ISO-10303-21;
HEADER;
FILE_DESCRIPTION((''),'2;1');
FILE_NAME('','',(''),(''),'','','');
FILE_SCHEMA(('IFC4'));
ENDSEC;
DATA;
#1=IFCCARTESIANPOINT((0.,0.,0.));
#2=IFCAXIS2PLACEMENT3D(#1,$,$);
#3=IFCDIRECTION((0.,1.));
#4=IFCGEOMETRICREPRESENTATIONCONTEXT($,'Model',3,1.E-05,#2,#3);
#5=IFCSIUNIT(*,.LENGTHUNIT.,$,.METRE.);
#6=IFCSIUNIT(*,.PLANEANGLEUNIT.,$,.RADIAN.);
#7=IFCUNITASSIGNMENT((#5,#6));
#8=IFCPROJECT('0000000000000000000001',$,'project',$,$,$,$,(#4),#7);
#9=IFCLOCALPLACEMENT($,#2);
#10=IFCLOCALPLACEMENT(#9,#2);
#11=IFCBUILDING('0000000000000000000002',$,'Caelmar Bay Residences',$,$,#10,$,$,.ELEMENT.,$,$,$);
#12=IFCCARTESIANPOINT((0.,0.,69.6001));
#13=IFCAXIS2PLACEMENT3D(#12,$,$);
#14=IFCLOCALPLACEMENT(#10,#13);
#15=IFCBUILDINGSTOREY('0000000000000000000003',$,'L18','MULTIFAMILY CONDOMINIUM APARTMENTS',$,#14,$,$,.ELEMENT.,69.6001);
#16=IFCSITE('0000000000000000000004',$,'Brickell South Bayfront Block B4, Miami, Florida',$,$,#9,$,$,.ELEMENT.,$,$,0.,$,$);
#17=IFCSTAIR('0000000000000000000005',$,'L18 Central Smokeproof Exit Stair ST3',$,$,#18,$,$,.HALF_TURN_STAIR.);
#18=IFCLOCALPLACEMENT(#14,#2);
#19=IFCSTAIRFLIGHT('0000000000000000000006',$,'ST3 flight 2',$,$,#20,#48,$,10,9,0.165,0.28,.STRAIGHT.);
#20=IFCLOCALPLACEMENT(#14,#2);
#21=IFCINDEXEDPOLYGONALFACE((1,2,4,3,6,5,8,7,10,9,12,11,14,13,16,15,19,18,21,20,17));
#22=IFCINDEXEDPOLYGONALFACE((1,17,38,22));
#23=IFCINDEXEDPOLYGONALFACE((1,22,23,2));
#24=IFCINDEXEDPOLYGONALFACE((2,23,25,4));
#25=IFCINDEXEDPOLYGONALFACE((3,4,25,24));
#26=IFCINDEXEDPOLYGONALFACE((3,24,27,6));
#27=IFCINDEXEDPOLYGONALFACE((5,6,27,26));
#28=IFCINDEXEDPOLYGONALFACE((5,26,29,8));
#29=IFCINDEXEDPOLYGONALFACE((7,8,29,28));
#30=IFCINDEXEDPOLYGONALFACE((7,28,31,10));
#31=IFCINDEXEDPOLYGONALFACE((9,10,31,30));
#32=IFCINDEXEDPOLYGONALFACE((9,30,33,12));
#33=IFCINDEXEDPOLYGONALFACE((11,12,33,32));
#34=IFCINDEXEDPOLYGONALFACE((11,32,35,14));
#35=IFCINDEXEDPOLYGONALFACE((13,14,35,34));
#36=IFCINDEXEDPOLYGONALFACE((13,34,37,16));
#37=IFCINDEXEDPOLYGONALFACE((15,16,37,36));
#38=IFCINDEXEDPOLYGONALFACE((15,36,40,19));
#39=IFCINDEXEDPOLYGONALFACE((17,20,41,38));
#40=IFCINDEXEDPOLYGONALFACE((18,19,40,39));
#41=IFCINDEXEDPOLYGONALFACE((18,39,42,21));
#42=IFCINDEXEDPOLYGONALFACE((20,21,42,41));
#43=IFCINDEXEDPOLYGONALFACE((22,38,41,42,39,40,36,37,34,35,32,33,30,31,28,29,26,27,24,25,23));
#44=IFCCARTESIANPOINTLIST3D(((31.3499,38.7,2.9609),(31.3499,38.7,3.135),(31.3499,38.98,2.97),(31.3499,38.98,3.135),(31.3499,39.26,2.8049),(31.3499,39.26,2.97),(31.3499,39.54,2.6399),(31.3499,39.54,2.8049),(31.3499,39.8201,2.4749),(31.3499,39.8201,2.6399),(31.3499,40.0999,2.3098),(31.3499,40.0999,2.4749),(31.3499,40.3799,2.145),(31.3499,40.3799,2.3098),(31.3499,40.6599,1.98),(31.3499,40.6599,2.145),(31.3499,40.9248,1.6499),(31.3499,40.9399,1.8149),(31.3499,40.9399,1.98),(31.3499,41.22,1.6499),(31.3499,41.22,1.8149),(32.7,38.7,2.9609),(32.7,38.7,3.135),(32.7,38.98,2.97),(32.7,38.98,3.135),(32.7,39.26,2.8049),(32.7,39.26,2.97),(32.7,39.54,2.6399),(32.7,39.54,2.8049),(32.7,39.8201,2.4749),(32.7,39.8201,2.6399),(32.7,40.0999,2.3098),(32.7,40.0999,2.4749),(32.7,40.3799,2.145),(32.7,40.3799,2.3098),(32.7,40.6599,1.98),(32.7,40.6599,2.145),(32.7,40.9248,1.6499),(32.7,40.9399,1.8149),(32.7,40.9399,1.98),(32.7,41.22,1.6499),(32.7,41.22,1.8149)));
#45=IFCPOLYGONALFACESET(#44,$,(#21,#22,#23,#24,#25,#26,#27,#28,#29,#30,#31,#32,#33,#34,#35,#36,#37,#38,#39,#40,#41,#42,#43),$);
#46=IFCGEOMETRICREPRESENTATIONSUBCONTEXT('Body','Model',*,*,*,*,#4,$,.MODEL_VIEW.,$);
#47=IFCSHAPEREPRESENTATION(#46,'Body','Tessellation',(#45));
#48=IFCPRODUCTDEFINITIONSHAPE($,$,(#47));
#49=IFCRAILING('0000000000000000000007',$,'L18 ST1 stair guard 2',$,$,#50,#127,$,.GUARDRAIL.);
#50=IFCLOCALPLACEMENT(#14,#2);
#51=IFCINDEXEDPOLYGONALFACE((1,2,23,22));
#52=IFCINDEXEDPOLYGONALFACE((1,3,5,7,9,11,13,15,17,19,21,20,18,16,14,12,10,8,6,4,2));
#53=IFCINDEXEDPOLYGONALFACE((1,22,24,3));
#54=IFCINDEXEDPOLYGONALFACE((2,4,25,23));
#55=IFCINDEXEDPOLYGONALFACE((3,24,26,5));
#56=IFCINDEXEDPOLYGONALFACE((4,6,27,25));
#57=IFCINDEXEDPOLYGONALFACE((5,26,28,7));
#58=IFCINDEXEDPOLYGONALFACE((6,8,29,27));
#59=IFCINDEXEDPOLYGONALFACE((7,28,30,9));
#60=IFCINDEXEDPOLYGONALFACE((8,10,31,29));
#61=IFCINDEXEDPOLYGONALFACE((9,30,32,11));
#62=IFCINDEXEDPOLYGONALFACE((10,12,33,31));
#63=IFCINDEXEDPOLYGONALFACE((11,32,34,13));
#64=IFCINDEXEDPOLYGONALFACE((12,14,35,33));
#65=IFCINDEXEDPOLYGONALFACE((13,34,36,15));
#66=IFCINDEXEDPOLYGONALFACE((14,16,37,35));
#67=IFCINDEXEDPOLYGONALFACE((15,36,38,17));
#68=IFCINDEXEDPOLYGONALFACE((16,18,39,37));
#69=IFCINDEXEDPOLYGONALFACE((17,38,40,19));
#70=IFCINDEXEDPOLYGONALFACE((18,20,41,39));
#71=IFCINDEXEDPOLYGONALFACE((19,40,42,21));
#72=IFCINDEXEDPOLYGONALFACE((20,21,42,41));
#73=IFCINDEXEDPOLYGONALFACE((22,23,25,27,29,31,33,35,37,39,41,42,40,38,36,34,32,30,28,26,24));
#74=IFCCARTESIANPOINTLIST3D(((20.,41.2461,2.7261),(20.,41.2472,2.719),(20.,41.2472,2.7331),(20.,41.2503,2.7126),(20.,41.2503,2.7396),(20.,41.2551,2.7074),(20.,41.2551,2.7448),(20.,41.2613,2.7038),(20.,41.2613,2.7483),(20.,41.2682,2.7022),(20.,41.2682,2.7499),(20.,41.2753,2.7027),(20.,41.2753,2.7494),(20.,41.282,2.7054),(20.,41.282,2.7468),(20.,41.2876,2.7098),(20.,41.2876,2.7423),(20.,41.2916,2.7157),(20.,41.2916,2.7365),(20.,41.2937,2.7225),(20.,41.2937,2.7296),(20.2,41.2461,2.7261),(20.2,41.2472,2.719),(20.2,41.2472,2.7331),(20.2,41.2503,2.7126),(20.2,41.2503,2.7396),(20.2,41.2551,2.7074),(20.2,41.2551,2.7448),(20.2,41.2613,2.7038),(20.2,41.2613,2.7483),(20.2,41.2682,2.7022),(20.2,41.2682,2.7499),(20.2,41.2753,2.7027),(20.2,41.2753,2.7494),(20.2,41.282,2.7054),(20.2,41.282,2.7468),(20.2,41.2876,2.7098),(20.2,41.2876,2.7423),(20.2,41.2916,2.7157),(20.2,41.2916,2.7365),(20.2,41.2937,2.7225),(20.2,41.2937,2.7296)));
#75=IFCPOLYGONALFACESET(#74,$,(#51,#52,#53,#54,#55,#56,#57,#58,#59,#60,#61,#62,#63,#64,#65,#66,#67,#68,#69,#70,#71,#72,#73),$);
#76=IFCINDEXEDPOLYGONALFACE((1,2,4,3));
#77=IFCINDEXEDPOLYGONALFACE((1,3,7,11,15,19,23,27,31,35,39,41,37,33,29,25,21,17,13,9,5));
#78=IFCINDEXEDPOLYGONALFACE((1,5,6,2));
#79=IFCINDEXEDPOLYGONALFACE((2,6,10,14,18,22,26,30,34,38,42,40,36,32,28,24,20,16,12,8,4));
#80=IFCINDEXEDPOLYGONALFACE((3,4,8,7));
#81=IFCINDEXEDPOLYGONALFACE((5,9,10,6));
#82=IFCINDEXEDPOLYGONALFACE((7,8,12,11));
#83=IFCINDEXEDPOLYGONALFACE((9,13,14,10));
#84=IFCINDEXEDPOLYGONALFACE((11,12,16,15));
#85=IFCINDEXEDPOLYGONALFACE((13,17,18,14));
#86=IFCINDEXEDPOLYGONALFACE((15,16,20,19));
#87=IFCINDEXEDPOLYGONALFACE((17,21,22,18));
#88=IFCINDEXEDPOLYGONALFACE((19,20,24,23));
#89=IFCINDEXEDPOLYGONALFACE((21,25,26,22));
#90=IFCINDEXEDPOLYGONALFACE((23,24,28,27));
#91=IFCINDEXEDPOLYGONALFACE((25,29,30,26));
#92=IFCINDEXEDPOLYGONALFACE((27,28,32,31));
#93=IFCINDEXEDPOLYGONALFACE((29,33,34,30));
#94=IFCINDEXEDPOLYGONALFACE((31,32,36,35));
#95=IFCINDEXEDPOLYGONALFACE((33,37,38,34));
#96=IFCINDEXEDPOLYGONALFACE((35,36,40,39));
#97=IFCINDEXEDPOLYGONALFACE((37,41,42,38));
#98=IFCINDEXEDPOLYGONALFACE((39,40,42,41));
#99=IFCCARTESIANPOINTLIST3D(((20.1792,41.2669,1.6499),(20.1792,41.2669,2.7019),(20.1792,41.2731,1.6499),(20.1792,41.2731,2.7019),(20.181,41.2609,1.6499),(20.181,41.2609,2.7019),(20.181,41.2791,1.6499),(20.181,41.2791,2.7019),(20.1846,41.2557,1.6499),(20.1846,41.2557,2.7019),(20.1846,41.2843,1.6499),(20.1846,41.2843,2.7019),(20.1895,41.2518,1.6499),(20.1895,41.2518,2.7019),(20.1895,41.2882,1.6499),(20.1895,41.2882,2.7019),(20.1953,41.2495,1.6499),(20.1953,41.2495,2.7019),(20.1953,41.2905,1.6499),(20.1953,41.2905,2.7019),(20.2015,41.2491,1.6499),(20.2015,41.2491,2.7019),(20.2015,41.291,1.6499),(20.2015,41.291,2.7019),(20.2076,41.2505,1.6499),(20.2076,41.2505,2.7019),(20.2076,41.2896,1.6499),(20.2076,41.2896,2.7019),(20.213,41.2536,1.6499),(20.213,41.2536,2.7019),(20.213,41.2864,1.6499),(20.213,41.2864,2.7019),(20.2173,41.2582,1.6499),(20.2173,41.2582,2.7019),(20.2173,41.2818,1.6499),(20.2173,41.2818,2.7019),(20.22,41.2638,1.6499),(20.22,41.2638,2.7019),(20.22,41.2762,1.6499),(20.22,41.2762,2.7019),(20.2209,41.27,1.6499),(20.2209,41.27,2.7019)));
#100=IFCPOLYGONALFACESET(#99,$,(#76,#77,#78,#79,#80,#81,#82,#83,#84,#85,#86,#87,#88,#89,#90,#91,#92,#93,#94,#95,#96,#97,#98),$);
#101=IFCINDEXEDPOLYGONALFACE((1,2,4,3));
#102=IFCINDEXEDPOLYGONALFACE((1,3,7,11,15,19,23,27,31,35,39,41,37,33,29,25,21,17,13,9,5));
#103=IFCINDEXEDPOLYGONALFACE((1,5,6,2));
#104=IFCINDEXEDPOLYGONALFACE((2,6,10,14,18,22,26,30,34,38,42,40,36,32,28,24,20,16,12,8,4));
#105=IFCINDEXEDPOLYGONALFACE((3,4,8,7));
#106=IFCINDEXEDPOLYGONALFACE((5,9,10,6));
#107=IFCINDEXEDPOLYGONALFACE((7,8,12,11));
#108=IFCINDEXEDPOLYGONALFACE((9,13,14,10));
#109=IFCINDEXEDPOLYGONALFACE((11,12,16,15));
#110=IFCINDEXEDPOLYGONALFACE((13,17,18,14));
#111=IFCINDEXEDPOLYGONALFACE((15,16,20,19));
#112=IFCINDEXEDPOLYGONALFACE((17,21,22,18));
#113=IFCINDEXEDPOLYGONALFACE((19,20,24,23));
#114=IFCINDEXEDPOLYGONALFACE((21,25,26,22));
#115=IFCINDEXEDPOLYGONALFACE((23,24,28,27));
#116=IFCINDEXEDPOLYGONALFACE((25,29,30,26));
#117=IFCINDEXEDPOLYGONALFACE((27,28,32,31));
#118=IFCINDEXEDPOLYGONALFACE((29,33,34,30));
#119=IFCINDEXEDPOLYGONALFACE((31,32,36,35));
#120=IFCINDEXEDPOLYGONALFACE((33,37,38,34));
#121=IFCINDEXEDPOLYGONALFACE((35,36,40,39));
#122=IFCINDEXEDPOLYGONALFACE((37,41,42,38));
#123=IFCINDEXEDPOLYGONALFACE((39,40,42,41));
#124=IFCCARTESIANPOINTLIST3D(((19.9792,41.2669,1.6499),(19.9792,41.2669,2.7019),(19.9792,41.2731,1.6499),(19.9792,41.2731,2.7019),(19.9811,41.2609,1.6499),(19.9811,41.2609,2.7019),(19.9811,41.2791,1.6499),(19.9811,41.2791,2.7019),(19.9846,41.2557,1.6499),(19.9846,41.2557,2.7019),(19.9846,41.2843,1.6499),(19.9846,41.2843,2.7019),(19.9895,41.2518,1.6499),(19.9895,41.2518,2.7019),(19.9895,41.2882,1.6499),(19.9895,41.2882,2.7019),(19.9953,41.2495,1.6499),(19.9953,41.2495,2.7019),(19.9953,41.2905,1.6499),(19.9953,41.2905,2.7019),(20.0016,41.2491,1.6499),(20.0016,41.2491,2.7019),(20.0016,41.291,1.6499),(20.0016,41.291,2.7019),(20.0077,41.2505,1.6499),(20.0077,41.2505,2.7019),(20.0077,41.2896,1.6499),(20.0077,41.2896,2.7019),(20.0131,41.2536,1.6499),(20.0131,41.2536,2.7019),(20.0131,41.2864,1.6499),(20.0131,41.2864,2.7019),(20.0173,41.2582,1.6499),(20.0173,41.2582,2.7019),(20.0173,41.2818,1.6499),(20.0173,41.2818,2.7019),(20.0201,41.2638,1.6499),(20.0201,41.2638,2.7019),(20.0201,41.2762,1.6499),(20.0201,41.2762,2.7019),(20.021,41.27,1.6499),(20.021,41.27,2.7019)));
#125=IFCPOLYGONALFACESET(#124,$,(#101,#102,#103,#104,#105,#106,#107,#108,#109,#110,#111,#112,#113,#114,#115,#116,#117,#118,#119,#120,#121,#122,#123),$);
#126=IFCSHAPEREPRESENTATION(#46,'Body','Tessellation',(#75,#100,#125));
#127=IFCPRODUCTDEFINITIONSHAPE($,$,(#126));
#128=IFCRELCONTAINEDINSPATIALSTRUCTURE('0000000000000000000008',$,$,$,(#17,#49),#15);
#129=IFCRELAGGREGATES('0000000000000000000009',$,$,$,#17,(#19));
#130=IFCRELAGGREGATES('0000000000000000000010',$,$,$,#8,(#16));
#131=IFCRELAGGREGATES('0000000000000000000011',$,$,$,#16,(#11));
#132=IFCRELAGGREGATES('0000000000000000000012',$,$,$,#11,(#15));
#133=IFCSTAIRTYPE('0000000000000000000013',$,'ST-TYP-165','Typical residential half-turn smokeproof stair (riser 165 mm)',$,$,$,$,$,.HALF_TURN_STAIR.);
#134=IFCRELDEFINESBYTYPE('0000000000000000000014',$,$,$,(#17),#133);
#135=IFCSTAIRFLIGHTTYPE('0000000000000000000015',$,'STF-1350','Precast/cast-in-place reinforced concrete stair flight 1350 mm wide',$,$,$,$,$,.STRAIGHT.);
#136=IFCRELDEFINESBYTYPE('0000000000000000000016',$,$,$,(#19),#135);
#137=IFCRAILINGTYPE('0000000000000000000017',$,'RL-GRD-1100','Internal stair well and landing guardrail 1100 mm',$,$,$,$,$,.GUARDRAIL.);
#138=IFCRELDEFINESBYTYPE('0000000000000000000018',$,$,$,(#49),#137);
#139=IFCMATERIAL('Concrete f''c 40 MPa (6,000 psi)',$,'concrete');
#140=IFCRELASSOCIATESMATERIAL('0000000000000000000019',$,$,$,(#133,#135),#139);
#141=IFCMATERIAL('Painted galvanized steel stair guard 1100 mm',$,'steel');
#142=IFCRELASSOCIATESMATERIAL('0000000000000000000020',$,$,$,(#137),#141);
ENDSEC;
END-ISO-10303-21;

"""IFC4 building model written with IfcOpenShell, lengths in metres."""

from ifc_helpers import new_model, si_unit, direction, frame, origin, origin_2d, place, context, subcontext, project, spatial, polyline, circle, outline, extrude, material, type_object, element, aggregate, save


model = new_model("IFC4")

# Units and contexts
model_context = context("Model", 3, precision=1e-05, world=origin(), true_north=direction((0.0, 1.0)))
body_context = subcontext(model_context, "Body", "Model", "MODEL_VIEW")
ifc_project = project(units=[si_unit("LENGTHUNIT", "METRE"), si_unit("PLANEANGLEUNIT", "RADIAN")], contexts=[model_context])

# Site, building, storey
site_placement = place(None, origin())
site = spatial("IfcSite", under=ifc_project, at=site_placement, Name="Brickell South Bayfront Block B4, Miami, Florida", CompositionType="ELEMENT", RefElevation=0.0)
building_placement = place(site_placement, origin())
building = spatial("IfcBuilding", under=site, at=building_placement, Name="Caelmar Bay Residences", CompositionType="ELEMENT")
storey_placement = place(building_placement, frame((0.0, 0.0, 69.6001)))
storey = spatial("IfcBuildingStorey", under=building, at=storey_placement, Name="L18", Description="MULTIFAMILY CONDOMINIUM APARTMENTS", CompositionType="ELEMENT", Elevation=69.6001)

# Stair, stair flight
ifc_material_1 = material(Name="Concrete f'c 40 MPa (6,000 psi)", Category="concrete")
stair_type = type_object("IfcStairType", Name="ST-TYP-165", Description="Typical residential half-turn smokeproof stair (riser 165 mm)", PredefinedType="HALF_TURN_STAIR", material=ifc_material_1)
stair_flight_type = type_object("IfcStairFlightType", Name="STF-1350", Description="Precast/cast-in-place reinforced concrete stair flight 1350 mm wide", PredefinedType="STRAIGHT", material=ifc_material_1)
stair_1_placement = place(storey_placement, origin())
stair_1 = element("IfcStair", 1, at=stair_1_placement, inside=storey, type_object=stair_type, Name="L18 Central Smokeproof Exit Stair ST3", PredefinedType="HALF_TURN_STAIR")
stair_flight_1_placement = place(storey_placement, frame((32.0249, 41.22, 1.6499), z_axis=(0.0, 0.0, 1.0), x_axis=(0.0, -1.0, 0.0)))
stair_flight_1 = element("IfcStairFlight", 2, at=stair_flight_1_placement, type_object=stair_flight_type, Name="ST3 flight 2", NumberOfRisers=10, NumberOfTreads=9, PredefinedType="STRAIGHT", RiserHeight=0.165, TreadLength=0.28, context=body_context, shape_type="SweptSolid", body=[
    extrude(outline(polyline([(0.0, 0.0), (0.0, 0.165), (0.28, 0.165), (0.28, 0.3301), (0.5601, 0.3301), (0.5601, 0.4951), (0.8401, 0.4951), (0.8401, 0.6599), (1.1201, 0.6599), (1.1201, 0.825), (1.3999, 0.825), (1.3999, 0.99), (1.6799, 0.99), (1.6799, 1.155), (1.96, 1.155), (1.96, 1.3201), (2.24, 1.3201), (2.24, 1.4851), (2.52, 1.4851), (2.52, 1.6499), (2.52, 1.311), (0.2952, 0.0), (0.0, 0.0)])), frame((0.0, 0.675, 0.0), z_axis=(0.0, -1.0, 0.0), x_axis=(1.0, 0.0, 0.0)), (0.0, 0.0, 1.0), 1.3501),
])
aggregate(stair_1, [stair_flight_1])

# Railing
ifc_material_2 = material(Name="Painted galvanized steel stair guard 1100 mm", Category="steel")
railing_type_1 = type_object("IfcRailingType", Name="RL-GRD-1100", Description="Internal stair well and landing guardrail 1100 mm", PredefinedType="GUARDRAIL", material=ifc_material_2)
railing_1_placement = place(storey_placement, frame((20.2, 41.27, 1.6499)))
element("IfcRailing", 3, at=railing_1_placement, inside=storey, type_object=railing_type_1, Name="L18 ST1 stair guard 2", PredefinedType="GUARDRAIL", context=body_context, shape_type="SweptSolid", body=[
    extrude(circle(Radius=0.0239, at=origin_2d()), frame((0.0, 0.0, 1.0762), z_axis=(-1.0, 0.0, 0.0), x_axis=(0.0, -1.0, 0.0)), (0.0, 0.0, 1.0), 0.2),
    extrude(circle(Radius=0.021, at=origin_2d()), origin(), (0.0, 0.0, 1.0), 1.052),
    extrude(circle(Radius=0.021, at=origin_2d()), frame((-0.2, 0.0, 0.0)), (0.0, 0.0, 1.0), 1.052),
])

save(model, "model.ifc")
